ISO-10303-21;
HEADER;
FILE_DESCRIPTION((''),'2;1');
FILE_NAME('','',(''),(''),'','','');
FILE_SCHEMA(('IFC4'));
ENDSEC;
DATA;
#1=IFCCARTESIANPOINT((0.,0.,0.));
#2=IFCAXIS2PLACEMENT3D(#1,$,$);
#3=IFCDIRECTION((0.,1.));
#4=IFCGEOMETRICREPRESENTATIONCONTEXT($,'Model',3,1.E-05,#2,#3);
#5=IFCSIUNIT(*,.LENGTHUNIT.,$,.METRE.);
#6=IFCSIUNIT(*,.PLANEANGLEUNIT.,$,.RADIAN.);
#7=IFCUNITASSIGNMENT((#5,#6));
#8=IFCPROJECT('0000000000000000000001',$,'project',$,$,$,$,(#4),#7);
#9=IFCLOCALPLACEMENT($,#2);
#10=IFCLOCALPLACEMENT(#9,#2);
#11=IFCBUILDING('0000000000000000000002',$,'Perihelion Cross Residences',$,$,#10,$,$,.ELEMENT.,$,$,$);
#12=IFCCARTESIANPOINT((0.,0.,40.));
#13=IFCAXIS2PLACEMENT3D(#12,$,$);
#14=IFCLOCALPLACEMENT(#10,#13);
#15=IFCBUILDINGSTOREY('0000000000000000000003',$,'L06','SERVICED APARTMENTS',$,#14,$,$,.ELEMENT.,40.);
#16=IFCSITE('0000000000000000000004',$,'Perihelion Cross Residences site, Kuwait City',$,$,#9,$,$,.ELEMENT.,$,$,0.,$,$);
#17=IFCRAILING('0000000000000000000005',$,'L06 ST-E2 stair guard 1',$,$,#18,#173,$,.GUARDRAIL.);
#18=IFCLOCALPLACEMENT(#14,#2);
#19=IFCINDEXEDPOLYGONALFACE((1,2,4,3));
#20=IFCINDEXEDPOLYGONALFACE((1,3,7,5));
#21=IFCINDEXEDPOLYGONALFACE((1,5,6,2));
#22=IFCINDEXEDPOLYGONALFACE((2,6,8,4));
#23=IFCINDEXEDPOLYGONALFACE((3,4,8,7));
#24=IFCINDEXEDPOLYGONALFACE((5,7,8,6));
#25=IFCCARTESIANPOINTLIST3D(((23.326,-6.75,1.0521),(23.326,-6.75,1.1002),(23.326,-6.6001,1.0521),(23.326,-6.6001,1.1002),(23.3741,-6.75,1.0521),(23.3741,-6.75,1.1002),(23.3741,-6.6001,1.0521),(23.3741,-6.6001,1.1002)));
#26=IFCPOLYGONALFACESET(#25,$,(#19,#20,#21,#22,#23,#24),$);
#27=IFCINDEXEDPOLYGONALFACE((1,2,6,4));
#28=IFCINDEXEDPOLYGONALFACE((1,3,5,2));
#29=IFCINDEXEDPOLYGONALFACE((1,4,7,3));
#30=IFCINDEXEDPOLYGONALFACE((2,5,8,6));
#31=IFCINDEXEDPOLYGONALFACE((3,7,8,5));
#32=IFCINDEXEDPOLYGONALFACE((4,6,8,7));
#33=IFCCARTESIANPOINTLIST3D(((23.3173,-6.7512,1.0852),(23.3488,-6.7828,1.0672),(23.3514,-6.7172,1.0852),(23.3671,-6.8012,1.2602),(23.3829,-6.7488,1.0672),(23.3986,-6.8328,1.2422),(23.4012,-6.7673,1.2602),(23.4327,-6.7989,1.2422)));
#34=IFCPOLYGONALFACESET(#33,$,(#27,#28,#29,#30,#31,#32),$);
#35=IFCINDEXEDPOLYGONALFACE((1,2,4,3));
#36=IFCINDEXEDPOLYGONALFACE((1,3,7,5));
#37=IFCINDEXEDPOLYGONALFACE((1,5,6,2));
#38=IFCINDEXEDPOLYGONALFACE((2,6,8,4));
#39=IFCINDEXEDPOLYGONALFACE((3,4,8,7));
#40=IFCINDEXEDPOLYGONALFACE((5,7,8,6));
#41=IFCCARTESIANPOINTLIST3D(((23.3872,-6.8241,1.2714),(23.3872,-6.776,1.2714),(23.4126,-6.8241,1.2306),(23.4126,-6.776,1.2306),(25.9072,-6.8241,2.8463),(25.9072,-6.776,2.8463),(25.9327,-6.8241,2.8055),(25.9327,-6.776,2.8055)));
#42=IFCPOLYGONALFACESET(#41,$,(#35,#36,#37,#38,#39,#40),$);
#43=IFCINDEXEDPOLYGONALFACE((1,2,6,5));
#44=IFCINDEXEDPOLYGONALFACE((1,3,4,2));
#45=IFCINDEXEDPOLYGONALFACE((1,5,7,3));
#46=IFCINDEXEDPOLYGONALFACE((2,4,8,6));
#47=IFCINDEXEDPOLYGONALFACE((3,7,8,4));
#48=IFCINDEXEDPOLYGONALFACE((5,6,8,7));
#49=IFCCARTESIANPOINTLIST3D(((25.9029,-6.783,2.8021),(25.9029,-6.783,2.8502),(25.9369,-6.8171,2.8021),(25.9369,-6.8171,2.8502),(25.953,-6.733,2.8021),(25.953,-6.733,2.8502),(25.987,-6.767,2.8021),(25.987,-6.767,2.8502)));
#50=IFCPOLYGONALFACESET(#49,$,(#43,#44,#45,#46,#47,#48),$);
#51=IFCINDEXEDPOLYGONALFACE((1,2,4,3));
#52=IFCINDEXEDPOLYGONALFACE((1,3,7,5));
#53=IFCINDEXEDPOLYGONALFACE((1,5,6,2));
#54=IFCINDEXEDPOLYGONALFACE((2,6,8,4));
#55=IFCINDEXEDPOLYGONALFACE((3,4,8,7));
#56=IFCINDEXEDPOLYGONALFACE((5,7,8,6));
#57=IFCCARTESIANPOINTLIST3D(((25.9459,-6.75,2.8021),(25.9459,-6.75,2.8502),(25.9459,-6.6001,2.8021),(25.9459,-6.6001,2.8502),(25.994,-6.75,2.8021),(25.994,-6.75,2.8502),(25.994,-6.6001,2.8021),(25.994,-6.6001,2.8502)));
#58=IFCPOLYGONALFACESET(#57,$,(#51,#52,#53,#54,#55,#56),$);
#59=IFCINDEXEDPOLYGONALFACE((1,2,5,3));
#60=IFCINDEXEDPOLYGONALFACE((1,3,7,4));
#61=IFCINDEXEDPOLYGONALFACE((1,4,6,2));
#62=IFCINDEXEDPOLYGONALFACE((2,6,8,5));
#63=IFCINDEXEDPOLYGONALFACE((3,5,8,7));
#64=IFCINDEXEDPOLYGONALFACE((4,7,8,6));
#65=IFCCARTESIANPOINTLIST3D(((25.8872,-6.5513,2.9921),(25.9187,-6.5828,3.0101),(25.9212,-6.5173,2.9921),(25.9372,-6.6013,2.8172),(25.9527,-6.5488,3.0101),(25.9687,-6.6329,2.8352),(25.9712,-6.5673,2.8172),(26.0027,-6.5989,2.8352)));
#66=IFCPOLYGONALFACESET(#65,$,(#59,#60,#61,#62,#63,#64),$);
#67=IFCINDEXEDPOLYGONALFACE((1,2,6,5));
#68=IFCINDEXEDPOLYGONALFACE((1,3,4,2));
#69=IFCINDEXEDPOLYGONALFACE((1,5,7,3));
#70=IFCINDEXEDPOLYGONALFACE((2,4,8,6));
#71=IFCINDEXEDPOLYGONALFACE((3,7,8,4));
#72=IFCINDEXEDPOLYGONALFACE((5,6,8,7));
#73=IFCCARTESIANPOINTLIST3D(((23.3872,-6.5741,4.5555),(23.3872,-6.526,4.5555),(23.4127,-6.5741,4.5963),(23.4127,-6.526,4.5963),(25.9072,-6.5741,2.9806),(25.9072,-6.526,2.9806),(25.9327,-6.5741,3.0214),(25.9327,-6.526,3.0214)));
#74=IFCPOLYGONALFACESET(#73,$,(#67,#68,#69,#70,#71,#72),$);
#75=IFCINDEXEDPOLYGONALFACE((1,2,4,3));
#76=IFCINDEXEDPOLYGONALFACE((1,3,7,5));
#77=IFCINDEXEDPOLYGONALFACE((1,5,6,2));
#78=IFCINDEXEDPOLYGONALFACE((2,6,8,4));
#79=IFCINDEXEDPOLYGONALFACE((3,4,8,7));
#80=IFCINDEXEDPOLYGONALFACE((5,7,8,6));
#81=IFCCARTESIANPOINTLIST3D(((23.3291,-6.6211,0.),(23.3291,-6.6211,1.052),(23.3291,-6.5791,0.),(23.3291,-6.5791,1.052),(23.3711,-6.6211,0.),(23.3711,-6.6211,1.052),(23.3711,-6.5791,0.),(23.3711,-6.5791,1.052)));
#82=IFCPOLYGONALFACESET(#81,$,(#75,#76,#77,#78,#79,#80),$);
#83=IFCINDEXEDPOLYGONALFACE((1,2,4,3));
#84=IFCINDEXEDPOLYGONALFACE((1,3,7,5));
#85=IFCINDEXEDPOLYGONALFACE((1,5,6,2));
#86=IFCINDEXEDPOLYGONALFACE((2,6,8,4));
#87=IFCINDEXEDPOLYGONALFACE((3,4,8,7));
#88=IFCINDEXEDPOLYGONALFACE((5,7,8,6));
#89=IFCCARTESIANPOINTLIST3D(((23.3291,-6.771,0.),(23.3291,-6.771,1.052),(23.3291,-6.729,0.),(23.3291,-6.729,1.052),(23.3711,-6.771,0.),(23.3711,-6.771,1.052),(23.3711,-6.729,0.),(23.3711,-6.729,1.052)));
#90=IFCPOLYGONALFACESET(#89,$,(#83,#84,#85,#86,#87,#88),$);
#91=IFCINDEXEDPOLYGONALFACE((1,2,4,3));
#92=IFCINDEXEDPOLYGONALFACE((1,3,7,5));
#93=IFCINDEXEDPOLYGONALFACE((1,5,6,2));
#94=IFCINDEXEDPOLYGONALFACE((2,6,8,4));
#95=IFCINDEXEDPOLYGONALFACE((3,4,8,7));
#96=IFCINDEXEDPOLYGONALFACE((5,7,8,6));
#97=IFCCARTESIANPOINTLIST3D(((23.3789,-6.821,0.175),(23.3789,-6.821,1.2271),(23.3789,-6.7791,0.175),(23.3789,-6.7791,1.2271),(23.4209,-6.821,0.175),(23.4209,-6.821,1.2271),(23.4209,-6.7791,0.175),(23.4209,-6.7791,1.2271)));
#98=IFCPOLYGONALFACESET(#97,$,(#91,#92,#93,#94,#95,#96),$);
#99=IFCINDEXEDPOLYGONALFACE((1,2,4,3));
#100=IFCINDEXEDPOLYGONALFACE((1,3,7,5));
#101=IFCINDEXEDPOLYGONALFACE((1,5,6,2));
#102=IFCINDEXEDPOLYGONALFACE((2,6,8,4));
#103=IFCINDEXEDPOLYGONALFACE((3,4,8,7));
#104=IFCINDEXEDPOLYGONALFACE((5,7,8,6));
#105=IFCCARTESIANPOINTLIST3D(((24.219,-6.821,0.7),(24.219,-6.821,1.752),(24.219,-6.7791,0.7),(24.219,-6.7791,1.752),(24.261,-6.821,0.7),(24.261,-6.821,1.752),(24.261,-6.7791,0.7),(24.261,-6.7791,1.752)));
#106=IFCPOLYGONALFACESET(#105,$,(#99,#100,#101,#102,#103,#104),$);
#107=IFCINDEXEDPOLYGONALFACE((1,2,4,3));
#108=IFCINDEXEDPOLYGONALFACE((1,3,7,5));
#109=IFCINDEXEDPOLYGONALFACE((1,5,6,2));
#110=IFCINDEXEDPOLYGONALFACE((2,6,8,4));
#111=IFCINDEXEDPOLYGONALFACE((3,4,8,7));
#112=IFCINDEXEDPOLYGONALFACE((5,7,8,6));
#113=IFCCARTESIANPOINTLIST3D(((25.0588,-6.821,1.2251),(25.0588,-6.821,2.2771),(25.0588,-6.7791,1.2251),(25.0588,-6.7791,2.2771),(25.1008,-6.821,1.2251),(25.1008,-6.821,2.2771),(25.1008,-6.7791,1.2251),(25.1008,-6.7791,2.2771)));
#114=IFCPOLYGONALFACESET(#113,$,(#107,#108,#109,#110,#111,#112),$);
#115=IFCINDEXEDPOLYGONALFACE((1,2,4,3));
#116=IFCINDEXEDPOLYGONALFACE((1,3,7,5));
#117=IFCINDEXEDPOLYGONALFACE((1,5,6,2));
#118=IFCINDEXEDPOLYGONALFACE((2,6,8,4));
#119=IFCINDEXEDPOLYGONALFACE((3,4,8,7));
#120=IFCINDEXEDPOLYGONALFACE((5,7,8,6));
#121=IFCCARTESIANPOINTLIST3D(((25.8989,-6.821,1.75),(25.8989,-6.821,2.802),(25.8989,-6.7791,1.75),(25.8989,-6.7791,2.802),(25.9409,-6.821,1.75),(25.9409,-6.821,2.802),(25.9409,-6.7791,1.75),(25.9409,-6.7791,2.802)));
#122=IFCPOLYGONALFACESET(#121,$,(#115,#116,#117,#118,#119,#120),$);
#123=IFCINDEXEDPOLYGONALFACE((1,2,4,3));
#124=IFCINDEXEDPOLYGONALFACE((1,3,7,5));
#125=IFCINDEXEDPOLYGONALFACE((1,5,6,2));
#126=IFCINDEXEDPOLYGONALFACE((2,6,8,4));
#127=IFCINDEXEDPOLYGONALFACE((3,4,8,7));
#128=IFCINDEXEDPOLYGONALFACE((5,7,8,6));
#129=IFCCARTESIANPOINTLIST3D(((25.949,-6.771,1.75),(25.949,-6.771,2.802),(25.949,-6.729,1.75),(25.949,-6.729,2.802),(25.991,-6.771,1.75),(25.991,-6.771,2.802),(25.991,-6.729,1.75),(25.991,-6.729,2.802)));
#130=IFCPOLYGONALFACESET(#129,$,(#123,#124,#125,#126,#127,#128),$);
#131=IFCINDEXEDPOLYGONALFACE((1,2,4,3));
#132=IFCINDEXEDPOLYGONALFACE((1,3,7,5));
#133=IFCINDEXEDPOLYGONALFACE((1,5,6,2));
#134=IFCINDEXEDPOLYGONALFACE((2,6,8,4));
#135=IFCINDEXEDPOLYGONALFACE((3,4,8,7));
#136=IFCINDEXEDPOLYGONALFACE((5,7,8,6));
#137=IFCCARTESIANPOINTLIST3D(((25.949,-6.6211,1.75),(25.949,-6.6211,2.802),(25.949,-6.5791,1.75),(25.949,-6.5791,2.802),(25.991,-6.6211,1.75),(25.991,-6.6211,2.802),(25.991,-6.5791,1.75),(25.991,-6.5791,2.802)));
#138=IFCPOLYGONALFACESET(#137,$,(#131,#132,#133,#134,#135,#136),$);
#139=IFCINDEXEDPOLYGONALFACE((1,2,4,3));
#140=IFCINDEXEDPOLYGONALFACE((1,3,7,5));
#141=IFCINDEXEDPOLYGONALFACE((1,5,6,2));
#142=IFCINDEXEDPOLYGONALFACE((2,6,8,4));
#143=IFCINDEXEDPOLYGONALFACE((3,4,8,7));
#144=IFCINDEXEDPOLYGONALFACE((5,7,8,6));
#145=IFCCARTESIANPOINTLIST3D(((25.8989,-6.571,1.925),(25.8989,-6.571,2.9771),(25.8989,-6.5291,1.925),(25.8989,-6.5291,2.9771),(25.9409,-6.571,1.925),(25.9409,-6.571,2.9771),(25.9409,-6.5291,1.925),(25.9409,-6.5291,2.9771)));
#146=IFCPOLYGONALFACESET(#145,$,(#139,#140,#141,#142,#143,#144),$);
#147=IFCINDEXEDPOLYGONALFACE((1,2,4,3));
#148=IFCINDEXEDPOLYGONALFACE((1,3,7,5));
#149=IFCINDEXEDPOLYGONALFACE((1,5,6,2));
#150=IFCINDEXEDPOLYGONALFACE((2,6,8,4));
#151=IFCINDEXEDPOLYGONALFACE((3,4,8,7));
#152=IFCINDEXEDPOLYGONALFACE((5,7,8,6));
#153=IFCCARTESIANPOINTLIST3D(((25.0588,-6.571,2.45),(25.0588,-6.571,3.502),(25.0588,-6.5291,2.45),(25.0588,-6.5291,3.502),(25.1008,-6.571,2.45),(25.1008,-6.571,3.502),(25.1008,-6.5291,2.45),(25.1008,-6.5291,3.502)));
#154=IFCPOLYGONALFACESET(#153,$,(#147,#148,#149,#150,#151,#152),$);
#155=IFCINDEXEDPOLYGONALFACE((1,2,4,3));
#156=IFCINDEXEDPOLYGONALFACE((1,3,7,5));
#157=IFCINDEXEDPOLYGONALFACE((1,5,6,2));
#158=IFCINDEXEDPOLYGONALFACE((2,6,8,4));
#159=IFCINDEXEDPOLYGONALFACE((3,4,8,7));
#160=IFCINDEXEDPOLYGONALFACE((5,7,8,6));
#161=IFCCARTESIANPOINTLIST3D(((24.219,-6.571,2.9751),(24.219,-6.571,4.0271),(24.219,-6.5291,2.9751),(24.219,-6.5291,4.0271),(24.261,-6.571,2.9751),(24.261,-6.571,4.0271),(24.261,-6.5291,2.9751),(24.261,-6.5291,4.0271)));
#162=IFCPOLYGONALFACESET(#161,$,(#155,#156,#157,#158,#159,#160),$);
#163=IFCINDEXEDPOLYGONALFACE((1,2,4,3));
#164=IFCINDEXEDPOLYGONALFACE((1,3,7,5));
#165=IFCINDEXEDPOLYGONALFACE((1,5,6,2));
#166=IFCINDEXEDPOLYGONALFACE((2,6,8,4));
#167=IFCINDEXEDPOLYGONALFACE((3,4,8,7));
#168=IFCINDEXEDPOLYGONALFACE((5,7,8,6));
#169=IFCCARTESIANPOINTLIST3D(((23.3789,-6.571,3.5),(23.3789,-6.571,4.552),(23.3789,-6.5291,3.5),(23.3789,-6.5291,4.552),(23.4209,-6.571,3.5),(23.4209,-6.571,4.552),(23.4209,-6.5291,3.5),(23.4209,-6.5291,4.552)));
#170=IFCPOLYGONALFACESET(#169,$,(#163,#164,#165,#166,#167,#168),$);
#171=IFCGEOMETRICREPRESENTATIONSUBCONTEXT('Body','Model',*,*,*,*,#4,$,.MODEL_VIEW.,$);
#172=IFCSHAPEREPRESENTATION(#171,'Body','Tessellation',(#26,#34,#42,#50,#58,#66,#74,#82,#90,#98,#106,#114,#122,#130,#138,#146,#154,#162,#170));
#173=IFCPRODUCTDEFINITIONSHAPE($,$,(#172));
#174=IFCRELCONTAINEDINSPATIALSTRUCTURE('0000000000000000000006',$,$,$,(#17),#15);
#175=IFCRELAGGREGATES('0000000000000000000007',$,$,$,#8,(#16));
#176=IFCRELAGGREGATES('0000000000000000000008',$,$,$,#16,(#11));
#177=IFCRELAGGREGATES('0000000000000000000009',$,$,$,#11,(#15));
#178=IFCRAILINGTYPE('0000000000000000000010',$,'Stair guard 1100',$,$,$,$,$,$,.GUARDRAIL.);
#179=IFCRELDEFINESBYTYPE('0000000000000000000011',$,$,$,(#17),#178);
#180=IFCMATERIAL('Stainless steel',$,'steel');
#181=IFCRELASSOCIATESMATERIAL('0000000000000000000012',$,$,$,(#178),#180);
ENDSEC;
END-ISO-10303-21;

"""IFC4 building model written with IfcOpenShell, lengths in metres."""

from ifc_helpers import new_model, si_unit, direction, frame, origin, origin_2d, place, context, subcontext, project, spatial, rectangle, extrude, material, type_object, element, save


model = new_model("IFC4")

# Units and contexts
model_context = context("Model", 3, precision=1e-05, world=origin(), true_north=direction((0.0, 1.0)))
body_context = subcontext(model_context, "Body", "Model", "MODEL_VIEW")
ifc_project = project(units=[si_unit("LENGTHUNIT", "METRE"), si_unit("PLANEANGLEUNIT", "RADIAN")], contexts=[model_context])

# Site, building, storey
site_placement = place(None, origin())
site = spatial("IfcSite", under=ifc_project, at=site_placement, Name="Perihelion Cross Residences site, Kuwait City", CompositionType="ELEMENT", RefElevation=0.0)
building_placement = place(site_placement, origin())
building = spatial("IfcBuilding", under=site, at=building_placement, Name="Perihelion Cross Residences", CompositionType="ELEMENT")
storey_placement = place(building_placement, frame((0.0, 0.0, 40.0)))
storey = spatial("IfcBuildingStorey", under=building, at=storey_placement, Name="L06", Description="SERVICED APARTMENTS", CompositionType="ELEMENT", Elevation=40.0)

# Railing
ifc_material_1 = material(Name="Stainless steel", Category="steel")
railing_type_1 = type_object("IfcRailingType", Name="Stair guard 1100", PredefinedType="GUARDRAIL", material=ifc_material_1)
railing_1_placement = place(storey_placement, frame((23.3501, -6.6001, 0.0)))
element("IfcRailing", 1, at=railing_1_placement, inside=storey, type_object=railing_type_1, Name="L06 ST-E2 stair guard 1", PredefinedType="GUARDRAIL", context=body_context, shape_type="SweptSolid", body=[
    extrude(rectangle(XDim=0.0481, YDim=0.0481, at=origin_2d()), frame((0.0, 0.0, 1.0762), z_axis=(0.0, -1.0, 0.0), x_axis=(1.0, 0.0, 0.0)), (0.0, 0.0, 1.0), 0.1499),
    extrude(rectangle(XDim=0.0481, YDim=0.0481, at=origin_2d()), frame((0.0, -0.1499, 1.0762), z_axis=(0.263862, -0.265156, 0.927399), x_axis=(0.708834, 0.705376, 0.0)), (0.0, 0.0, 1.0), 0.1887),
    extrude(rectangle(XDim=0.0481, YDim=0.0481, at=origin_2d()), frame((0.0498, -0.2, 1.251), z_axis=(0.848008, 0.0, 0.529984), x_axis=(0.0, 1.0, 0.0)), (0.0, 0.0, 1.0), 2.9717),
    extrude(rectangle(XDim=0.0481, YDim=0.0481, at=origin_2d()), frame((2.5698, -0.2, 2.8262), z_axis=(0.707107, 0.707107, 0.0), x_axis=(-0.707107, 0.707107, 0.0)), (0.0, 0.0, 1.0), 0.0708),
    extrude(rectangle(XDim=0.0481, YDim=0.0481, at=origin_2d()), frame((2.6199, -0.1499, 2.8262), z_axis=(0.0, 1.0, 0.0), x_axis=(-1.0, 0.0, 0.0)), (0.0, 0.0, 1.0), 0.1499),
    extrude(rectangle(XDim=0.0481, YDim=0.0481, at=origin_2d()), frame((2.6199, 0.0, 2.8262), z_axis=(-0.265065, 0.265065, 0.927082), x_axis=(-0.707107, -0.707107, 0.0)), (0.0, 0.0, 1.0), 0.1887),
    extrude(rectangle(XDim=0.0481, YDim=0.0481, at=origin_2d()), frame((2.5698, 0.05, 3.001), z_axis=(-0.848008, 0.0, 0.529984), x_axis=(0.0, -1.0, 0.0)), (0.0, 0.0, 1.0), 2.9717),
    extrude(rectangle(XDim=0.042, YDim=0.042, at=origin_2d()), origin(), (0.0, 0.0, 1.0), 1.052),
    extrude(rectangle(XDim=0.042, YDim=0.042, at=origin_2d()), frame((0.0, -0.1499, 0.0)), (0.0, 0.0, 1.0), 1.052),
    extrude(rectangle(XDim=0.042, YDim=0.042, at=origin_2d()), frame((0.0498, -0.2, 0.175)), (0.0, 0.0, 1.0), 1.052),
    extrude(rectangle(XDim=0.042, YDim=0.042, at=origin_2d()), frame((0.8899, -0.2, 0.7)), (0.0, 0.0, 1.0), 1.052),
    extrude(rectangle(XDim=0.042, YDim=0.042, at=origin_2d()), frame((1.7297, -0.2, 1.2251)), (0.0, 0.0, 1.0), 1.052),
    extrude(rectangle(XDim=0.042, YDim=0.042, at=origin_2d()), frame((2.5698, -0.2, 1.75)), (0.0, 0.0, 1.0), 1.052),
    extrude(rectangle(XDim=0.042, YDim=0.042, at=origin_2d()), frame((2.6199, -0.1499, 1.75)), (0.0, 0.0, 1.0), 1.052),
    extrude(rectangle(XDim=0.042, YDim=0.042, at=origin_2d()), frame((2.6199, 0.0, 1.75)), (0.0, 0.0, 1.0), 1.052),
    extrude(rectangle(XDim=0.042, YDim=0.042, at=origin_2d()), frame((2.5698, 0.05, 1.925)), (0.0, 0.0, 1.0), 1.052),
    extrude(rectangle(XDim=0.042, YDim=0.042, at=origin_2d()), frame((1.7297, 0.05, 2.45)), (0.0, 0.0, 1.0), 1.052),
    extrude(rectangle(XDim=0.042, YDim=0.042, at=origin_2d()), frame((0.8899, 0.05, 2.9751)), (0.0, 0.0, 1.0), 1.052),
    extrude(rectangle(XDim=0.042, YDim=0.042, at=origin_2d()), frame((0.0498, 0.05, 3.5)), (0.0, 0.0, 1.0), 1.052),
])

save(model, "model.ifc")
